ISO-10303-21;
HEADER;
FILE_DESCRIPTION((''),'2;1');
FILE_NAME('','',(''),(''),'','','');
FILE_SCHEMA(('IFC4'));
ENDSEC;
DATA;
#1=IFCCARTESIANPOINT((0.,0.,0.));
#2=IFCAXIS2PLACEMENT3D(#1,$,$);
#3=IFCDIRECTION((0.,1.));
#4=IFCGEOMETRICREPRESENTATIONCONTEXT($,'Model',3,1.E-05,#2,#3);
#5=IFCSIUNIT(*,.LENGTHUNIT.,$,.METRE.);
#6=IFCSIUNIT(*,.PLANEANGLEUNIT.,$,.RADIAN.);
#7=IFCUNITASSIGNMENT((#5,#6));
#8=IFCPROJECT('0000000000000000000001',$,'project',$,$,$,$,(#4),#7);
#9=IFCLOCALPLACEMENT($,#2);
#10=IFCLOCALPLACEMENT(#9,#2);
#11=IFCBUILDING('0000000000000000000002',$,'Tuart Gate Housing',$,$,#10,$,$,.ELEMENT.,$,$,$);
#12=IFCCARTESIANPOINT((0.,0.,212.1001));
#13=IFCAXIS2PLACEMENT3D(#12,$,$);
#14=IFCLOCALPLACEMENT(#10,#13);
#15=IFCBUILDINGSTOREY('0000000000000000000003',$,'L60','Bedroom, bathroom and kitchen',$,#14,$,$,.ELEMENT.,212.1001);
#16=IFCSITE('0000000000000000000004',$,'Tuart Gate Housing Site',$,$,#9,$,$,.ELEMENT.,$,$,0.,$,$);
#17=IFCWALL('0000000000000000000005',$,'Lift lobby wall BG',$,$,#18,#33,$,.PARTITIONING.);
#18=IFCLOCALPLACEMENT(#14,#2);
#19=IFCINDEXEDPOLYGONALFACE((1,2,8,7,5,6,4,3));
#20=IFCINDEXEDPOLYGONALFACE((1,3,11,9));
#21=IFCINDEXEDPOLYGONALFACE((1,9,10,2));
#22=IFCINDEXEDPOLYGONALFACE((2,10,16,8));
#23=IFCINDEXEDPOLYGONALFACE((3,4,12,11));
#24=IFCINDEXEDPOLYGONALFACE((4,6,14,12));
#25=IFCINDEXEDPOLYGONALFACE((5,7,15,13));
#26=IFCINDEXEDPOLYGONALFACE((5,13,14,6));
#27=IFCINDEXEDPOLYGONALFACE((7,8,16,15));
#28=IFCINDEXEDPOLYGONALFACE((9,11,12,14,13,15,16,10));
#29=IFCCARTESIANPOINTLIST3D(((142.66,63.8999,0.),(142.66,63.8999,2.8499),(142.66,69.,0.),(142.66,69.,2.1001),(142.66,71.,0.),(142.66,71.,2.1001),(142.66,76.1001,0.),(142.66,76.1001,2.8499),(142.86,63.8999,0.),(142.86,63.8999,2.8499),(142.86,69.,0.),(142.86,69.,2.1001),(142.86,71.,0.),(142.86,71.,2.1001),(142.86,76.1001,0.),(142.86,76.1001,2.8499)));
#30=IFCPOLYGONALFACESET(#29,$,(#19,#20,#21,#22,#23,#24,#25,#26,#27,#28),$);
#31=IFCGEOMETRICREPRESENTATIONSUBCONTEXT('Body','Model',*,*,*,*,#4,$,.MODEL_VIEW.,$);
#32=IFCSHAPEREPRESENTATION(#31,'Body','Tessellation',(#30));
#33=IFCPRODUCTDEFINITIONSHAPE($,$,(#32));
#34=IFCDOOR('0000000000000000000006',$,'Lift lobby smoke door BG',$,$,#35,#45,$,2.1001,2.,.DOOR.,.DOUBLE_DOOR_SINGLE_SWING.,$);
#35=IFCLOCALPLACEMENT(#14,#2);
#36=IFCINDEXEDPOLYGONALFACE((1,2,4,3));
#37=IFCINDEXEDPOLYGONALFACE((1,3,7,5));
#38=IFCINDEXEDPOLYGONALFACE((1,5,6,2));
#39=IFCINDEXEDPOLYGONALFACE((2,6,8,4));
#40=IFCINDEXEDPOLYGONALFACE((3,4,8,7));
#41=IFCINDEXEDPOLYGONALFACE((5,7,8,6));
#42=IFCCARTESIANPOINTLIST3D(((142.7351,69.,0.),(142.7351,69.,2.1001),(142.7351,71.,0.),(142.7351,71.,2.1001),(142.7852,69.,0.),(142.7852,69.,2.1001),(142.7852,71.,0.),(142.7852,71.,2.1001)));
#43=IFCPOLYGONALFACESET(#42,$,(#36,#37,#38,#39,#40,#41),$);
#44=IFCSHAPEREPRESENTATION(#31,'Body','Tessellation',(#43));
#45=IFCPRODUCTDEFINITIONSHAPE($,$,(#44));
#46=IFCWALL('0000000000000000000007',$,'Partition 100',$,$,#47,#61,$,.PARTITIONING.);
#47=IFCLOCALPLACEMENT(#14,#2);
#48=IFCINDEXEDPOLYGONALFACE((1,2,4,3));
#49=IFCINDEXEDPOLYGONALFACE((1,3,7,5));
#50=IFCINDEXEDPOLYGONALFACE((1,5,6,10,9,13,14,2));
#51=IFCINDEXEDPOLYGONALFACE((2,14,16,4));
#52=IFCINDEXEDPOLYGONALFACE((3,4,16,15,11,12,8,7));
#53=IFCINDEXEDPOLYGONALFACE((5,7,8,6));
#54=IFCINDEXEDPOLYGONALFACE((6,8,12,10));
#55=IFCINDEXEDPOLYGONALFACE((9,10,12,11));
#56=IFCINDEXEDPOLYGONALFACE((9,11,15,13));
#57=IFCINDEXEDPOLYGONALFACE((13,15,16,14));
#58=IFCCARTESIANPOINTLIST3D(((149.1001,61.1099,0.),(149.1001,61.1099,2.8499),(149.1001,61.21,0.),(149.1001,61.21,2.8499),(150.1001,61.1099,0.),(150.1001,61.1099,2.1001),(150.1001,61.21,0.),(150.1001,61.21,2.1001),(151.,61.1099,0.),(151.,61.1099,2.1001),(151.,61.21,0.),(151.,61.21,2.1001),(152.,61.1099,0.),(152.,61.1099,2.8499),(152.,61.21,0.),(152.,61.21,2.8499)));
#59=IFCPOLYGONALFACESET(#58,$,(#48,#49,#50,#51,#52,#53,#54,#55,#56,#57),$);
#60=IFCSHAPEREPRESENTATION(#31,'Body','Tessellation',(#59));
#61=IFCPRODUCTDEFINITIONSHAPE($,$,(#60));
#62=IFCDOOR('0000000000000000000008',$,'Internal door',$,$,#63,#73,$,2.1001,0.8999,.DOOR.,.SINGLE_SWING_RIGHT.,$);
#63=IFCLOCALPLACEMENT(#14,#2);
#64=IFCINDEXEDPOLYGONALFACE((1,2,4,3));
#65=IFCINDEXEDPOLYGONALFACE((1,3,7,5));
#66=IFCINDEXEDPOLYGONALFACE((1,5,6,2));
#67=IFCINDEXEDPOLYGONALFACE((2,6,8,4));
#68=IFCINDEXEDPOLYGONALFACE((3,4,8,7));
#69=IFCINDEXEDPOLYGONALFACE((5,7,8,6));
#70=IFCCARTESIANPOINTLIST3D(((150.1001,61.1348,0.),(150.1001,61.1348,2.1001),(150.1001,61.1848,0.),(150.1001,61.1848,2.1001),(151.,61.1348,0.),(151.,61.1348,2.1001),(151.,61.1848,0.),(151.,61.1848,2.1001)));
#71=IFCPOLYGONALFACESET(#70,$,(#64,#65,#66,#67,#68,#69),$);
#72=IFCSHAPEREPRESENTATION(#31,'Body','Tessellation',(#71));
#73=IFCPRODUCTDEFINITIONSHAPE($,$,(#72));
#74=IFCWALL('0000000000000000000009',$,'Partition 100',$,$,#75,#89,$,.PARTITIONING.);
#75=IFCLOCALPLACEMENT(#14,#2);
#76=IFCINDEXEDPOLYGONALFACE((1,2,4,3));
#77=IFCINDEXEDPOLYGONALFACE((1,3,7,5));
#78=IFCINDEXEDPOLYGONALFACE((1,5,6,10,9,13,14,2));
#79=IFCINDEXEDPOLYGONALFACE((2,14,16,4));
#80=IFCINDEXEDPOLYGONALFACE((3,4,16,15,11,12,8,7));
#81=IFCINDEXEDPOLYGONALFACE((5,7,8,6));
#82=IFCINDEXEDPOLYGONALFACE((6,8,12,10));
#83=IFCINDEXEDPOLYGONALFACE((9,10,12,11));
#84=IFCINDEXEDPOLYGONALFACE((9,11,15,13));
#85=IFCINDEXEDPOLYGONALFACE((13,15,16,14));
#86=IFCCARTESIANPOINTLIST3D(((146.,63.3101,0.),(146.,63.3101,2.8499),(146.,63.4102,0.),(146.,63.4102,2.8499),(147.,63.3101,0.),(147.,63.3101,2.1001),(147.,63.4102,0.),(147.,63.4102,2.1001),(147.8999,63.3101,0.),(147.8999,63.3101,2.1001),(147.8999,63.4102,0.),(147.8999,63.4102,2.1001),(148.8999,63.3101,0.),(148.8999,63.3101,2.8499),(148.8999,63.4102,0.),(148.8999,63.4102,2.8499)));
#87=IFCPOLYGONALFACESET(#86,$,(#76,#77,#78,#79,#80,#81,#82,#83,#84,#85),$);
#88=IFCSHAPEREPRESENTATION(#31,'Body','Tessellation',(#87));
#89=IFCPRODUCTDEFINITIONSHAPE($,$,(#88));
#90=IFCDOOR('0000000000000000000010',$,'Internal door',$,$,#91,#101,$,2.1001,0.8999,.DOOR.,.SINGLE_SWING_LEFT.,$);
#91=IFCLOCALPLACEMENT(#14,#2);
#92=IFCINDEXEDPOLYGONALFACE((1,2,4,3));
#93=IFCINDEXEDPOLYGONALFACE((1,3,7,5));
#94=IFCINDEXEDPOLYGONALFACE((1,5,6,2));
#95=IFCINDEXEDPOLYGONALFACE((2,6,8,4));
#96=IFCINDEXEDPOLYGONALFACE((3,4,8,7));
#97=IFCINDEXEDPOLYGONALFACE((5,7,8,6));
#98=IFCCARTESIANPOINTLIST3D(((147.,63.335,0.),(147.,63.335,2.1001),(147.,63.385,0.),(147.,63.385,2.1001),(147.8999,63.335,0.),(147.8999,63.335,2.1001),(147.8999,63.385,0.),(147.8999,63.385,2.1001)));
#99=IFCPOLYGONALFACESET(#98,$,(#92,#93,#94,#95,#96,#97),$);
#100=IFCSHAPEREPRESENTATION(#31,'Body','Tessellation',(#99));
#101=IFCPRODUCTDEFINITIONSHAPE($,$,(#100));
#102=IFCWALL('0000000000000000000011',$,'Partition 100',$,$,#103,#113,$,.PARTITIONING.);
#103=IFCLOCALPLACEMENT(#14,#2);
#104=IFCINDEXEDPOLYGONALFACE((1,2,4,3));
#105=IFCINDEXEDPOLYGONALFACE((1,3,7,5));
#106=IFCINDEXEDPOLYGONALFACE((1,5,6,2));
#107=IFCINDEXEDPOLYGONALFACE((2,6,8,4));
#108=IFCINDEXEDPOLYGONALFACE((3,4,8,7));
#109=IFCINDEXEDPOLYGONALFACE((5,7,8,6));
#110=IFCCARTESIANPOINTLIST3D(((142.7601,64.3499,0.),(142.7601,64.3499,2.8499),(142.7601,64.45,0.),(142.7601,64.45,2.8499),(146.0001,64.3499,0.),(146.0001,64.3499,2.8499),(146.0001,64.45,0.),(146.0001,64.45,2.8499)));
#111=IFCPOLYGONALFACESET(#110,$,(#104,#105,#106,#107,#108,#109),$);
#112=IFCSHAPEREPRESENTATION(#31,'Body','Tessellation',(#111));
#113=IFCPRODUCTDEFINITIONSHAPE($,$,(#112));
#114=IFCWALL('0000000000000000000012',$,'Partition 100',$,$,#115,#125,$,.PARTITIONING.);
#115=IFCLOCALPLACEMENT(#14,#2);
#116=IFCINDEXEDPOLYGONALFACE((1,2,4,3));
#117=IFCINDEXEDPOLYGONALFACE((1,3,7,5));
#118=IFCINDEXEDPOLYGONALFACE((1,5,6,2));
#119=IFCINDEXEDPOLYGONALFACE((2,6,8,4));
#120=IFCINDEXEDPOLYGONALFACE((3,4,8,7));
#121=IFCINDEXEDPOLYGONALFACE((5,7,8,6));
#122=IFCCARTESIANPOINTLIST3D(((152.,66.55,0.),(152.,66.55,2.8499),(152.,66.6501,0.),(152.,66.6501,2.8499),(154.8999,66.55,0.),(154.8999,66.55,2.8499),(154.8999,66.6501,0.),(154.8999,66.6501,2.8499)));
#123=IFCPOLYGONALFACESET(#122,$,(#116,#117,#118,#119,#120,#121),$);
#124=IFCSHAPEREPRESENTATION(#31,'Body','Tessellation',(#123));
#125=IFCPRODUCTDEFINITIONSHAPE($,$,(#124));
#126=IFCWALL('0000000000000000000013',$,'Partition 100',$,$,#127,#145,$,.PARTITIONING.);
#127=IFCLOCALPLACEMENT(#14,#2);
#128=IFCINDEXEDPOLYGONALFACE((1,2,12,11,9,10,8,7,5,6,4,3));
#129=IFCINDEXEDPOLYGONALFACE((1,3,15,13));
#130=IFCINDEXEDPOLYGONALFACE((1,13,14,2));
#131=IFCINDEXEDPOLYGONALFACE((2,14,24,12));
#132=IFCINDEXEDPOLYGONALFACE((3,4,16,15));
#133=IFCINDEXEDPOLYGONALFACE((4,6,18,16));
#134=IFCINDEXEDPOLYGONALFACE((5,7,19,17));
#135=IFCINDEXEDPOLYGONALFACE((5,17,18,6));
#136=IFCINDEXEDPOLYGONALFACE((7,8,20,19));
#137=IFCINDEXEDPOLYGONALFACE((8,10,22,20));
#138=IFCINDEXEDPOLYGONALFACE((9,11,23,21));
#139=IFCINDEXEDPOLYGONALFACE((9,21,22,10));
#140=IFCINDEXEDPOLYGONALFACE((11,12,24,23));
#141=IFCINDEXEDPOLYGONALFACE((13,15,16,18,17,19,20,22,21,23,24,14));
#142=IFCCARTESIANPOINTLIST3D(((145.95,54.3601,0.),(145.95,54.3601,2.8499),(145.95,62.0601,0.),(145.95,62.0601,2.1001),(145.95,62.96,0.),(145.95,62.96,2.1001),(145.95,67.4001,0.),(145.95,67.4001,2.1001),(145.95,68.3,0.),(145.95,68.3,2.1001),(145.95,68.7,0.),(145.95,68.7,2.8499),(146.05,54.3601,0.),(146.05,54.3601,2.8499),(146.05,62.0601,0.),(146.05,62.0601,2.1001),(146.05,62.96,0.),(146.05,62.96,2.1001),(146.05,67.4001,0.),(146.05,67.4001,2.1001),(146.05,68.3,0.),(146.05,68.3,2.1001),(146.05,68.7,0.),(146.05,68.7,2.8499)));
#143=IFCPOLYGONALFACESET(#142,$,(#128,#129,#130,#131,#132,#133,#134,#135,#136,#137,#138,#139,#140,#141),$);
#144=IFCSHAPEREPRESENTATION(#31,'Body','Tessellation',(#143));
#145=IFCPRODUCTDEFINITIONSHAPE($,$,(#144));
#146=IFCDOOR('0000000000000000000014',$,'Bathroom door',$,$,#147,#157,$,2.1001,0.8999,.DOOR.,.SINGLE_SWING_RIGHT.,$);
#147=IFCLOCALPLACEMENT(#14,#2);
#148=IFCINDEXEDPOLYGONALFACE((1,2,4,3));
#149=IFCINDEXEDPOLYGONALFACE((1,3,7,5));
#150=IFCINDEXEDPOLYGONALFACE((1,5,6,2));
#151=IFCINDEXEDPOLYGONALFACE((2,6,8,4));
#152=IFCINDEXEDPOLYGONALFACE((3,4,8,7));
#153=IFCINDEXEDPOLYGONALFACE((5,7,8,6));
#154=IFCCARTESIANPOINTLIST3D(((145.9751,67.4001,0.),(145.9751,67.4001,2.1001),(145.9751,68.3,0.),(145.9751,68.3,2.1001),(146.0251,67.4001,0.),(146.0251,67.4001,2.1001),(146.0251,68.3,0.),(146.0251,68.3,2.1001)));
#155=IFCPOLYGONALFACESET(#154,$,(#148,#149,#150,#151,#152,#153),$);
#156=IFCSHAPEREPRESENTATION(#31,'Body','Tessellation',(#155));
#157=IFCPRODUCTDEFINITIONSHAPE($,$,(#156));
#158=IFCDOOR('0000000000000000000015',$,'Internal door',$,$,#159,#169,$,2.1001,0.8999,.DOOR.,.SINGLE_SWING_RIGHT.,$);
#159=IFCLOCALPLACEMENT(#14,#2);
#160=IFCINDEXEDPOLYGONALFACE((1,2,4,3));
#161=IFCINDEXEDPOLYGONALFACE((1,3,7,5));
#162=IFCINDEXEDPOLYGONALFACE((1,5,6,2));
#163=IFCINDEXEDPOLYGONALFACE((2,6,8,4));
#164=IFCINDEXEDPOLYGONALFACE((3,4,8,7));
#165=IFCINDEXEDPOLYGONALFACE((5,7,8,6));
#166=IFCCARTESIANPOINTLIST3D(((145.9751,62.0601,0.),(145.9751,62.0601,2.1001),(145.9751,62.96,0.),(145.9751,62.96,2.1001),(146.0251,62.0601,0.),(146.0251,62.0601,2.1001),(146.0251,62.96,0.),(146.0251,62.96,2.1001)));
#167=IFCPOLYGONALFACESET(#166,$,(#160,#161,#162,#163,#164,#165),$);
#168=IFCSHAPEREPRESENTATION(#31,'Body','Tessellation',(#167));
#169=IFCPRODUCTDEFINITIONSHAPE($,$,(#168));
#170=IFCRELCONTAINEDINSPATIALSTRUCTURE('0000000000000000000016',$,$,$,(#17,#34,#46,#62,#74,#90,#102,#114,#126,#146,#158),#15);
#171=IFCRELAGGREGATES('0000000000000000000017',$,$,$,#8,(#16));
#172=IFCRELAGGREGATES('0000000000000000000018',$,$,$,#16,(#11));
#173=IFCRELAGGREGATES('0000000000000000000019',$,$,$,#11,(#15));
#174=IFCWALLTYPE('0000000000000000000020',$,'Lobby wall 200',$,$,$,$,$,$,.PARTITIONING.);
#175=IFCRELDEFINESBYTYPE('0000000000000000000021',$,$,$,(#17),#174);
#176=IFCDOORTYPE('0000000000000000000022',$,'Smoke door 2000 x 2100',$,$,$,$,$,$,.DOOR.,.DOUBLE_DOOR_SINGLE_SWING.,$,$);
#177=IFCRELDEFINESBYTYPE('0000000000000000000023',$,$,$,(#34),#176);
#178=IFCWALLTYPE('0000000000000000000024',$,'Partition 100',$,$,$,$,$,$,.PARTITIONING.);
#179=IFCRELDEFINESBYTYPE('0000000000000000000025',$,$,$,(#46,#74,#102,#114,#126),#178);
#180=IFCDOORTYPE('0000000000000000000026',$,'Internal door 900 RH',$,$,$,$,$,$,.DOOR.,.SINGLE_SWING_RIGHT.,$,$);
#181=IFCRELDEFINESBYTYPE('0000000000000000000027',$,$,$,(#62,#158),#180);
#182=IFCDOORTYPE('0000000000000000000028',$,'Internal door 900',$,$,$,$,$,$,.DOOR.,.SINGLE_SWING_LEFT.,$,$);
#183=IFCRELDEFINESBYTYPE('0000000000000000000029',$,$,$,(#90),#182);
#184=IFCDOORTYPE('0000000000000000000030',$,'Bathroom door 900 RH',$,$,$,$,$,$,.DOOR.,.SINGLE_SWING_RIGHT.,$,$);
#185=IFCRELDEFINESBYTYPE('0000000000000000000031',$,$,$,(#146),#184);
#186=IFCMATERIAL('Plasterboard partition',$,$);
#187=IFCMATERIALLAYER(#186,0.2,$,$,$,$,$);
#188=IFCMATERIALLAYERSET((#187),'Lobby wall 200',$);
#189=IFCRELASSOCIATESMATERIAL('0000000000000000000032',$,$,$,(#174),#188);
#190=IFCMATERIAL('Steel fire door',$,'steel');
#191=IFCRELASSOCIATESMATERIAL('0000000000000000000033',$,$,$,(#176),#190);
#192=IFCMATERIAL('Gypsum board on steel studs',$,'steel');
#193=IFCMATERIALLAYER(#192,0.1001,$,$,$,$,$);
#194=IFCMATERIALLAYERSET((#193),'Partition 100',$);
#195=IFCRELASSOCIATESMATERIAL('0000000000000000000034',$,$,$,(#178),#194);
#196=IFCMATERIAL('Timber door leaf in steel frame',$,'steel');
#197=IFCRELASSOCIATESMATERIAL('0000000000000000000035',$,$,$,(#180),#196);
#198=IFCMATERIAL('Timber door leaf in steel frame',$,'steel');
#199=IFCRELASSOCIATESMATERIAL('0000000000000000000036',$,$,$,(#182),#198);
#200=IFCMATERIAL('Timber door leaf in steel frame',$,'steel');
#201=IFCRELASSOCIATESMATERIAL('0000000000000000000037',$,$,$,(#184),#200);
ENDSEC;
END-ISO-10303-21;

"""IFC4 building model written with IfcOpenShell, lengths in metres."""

from ifc_helpers import new_model, si_unit, direction, frame, frame_2d, origin, place, context, subcontext, project, spatial, rectangle, extrude, material, layer, layer_set, type_object, element, fill, save


model = new_model("IFC4")

# Units and contexts
model_context = context("Model", 3, precision=1e-05, world=origin(), true_north=direction((0.0, 1.0)))
body_context = subcontext(model_context, "Body", "Model", "MODEL_VIEW")
ifc_project = project(units=[si_unit("LENGTHUNIT", "METRE"), si_unit("PLANEANGLEUNIT", "RADIAN")], contexts=[model_context])

# Site, building, storey
site_placement = place(None, origin())
site = spatial("IfcSite", under=ifc_project, at=site_placement, Name="Tuart Gate Housing Site", CompositionType="ELEMENT", RefElevation=0.0)
building_placement = place(site_placement, origin())
building = spatial("IfcBuilding", under=site, at=building_placement, Name="Tuart Gate Housing", CompositionType="ELEMENT")
storey_placement = place(building_placement, frame((0.0, 0.0, 212.1001)))
storey = spatial("IfcBuildingStorey", under=building, at=storey_placement, Name="L60", Description="Bedroom, bathroom and kitchen", CompositionType="ELEMENT", Elevation=212.1001)

# Walls, openings, doors
ifc_material_1 = material(Name="Plasterboard partition")
ifc_layer_1 = layer(ifc_material_1, 0.2)
ifc_layer_set_1 = layer_set([ifc_layer_1], Name="Lobby wall 200")
wall_type_1 = type_object("IfcWallType", Name="Lobby wall 200", PredefinedType="PARTITIONING", material=ifc_layer_set_1)
wall_1_placement = place(storey_placement, frame((142.76, 63.8999, 0.0), z_axis=(0.0, 0.0, 1.0), x_axis=(0.0, 1.0, 0.0)))
wall_1 = element("IfcWall", 1, at=wall_1_placement, inside=storey, type_object=wall_type_1, Name="Lift lobby wall BG", PredefinedType="PARTITIONING", context=body_context, shape_type="SweptSolid", body=[
    extrude(rectangle(XDim=12.2002, YDim=0.2, at=frame_2d((6.1001, 0.0))), origin(), (0.0, 0.0, 1.0), 2.8499),
])
opening_1_placement = place(wall_1_placement, frame((5.1001, 0.0, 0.0)))
opening_1 = element("IfcOpeningElement", 2, at=opening_1_placement, cuts=wall_1, PredefinedType="OPENING", context=body_context, shape_type="SweptSolid", body=[
    extrude(rectangle(XDim=2.0, YDim=2.1001, at=frame_2d((1.0, 1.05))), frame((0.0, 0.1099, 0.0), z_axis=(0.0, -1.0, 0.0), x_axis=(1.0, 0.0, 0.0)), (0.0, 0.0, 1.0), 0.22),
])
ifc_material_2 = material(Name="Steel fire door", Category="steel")
door_type_1 = type_object("IfcDoorType", Name="Smoke door 2000 x 2100", OperationType="DOUBLE_DOOR_SINGLE_SWING", PredefinedType="DOOR", material=ifc_material_2)
door_1_placement = place(opening_1_placement, origin())
door_1 = element("IfcDoor", 3, at=door_1_placement, inside=storey, type_object=door_type_1, Name="Lift lobby smoke door BG", OperationType="DOUBLE_DOOR_SINGLE_SWING", OverallHeight=2.1001, OverallWidth=2.0, PredefinedType="DOOR", context=body_context, shape_type="SweptSolid", body=[
    extrude(rectangle(XDim=2.0, YDim=2.1001, at=frame_2d((1.0, 1.05))), frame((0.0, 0.0249, 0.0), z_axis=(0.0, -1.0, 0.0), x_axis=(1.0, 0.0, 0.0)), (0.0, 0.0, 1.0), 0.05),
])
fill(opening_1, door_1)
ifc_material_3 = material(Name="Gypsum board on steel studs", Category="steel")
ifc_layer_2 = layer(ifc_material_3, 0.1001)
ifc_layer_set_2 = layer_set([ifc_layer_2], Name="Partition 100")
wall_type_2 = type_object("IfcWallType", Name="Partition 100", PredefinedType="PARTITIONING", material=ifc_layer_set_2)
wall_2_placement = place(storey_placement, frame((149.1001, 61.1599, 0.0), z_axis=(0.0, 0.0, 1.0), x_axis=(1.0, 0.0, 0.0)))
wall_2 = element("IfcWall", 4, at=wall_2_placement, inside=storey, type_object=wall_type_2, Name="Partition 100", PredefinedType="PARTITIONING", context=body_context, shape_type="SweptSolid", body=[
    extrude(rectangle(XDim=2.8999, YDim=0.1001, at=frame_2d((1.45, 0.0))), origin(), (0.0, 0.0, 1.0), 2.8499),
])
opening_2_placement = place(wall_2_placement, frame((1.0, 0.0, 0.0)))
opening_2 = element("IfcOpeningElement", 5, at=opening_2_placement, cuts=wall_2, PredefinedType="OPENING", context=body_context, shape_type="SweptSolid", body=[
    extrude(rectangle(XDim=0.8999, YDim=2.1001, at=frame_2d((0.45, 1.05))), frame((0.0, 0.0601, 0.0), z_axis=(0.0, -1.0, 0.0), x_axis=(1.0, 0.0, 0.0)), (0.0, 0.0, 1.0), 0.1201),
])
ifc_material_4 = material(Name="Timber door leaf in steel frame", Category="steel")
door_type_2 = type_object("IfcDoorType", Name="Internal door 900 RH", OperationType="SINGLE_SWING_RIGHT", PredefinedType="DOOR", material=ifc_material_4)
door_2_placement = place(opening_2_placement, origin())
door_2 = element("IfcDoor", 6, at=door_2_placement, inside=storey, type_object=door_type_2, Name="Internal door", OperationType="SINGLE_SWING_RIGHT", OverallHeight=2.1001, OverallWidth=0.8999, PredefinedType="DOOR", context=body_context, shape_type="SweptSolid", body=[
    extrude(rectangle(XDim=0.8999, YDim=2.1001, at=frame_2d((0.45, 1.05))), frame((0.0, 0.0249, 0.0), z_axis=(0.0, -1.0, 0.0), x_axis=(1.0, 0.0, 0.0)), (0.0, 0.0, 1.0), 0.05),
])
fill(opening_2, door_2)
wall_3_placement = place(storey_placement, frame((146.0, 63.3601, 0.0), z_axis=(0.0, 0.0, 1.0), x_axis=(1.0, 0.0, 0.0)))
wall_3 = element("IfcWall", 7, at=wall_3_placement, inside=storey, type_object=wall_type_2, Name="Partition 100", PredefinedType="PARTITIONING", context=body_context, shape_type="SweptSolid", body=[
    extrude(rectangle(XDim=2.8999, YDim=0.1001, at=frame_2d((1.45, 0.0))), origin(), (0.0, 0.0, 1.0), 2.8499),
])
opening_3_placement = place(wall_3_placement, frame((1.0, 0.0, 0.0)))
opening_3 = element("IfcOpeningElement", 8, at=opening_3_placement, cuts=wall_3, PredefinedType="OPENING", context=body_context, shape_type="SweptSolid", body=[
    extrude(rectangle(XDim=0.8999, YDim=2.1001, at=frame_2d((0.45, 1.05))), frame((0.0, 0.0601, 0.0), z_axis=(0.0, -1.0, 0.0), x_axis=(1.0, 0.0, 0.0)), (0.0, 0.0, 1.0), 0.1201),
])
ifc_material_5 = material(Name="Timber door leaf in steel frame", Category="steel")
door_type_3 = type_object("IfcDoorType", Name="Internal door 900", OperationType="SINGLE_SWING_LEFT", PredefinedType="DOOR", material=ifc_material_5)
door_3_placement = place(opening_3_placement, origin())
door_3 = element("IfcDoor", 9, at=door_3_placement, inside=storey, type_object=door_type_3, Name="Internal door", OperationType="SINGLE_SWING_LEFT", OverallHeight=2.1001, OverallWidth=0.8999, PredefinedType="DOOR", context=body_context, shape_type="SweptSolid", body=[
    extrude(rectangle(XDim=0.8999, YDim=2.1001, at=frame_2d((0.45, 1.05))), frame((0.0, 0.0249, 0.0), z_axis=(0.0, -1.0, 0.0), x_axis=(1.0, 0.0, 0.0)), (0.0, 0.0, 1.0), 0.05),
])
fill(opening_3, door_3)

# Walls
wall_4_placement = place(storey_placement, frame((142.76, 64.3999, 0.0), z_axis=(0.0, 0.0, 1.0), x_axis=(1.0, 0.0, 0.0)))
element("IfcWall", 10, at=wall_4_placement, inside=storey, type_object=wall_type_2, Name="Partition 100", PredefinedType="PARTITIONING", context=body_context, shape_type="SweptSolid", body=[
    extrude(rectangle(XDim=3.24, YDim=0.1001, at=frame_2d((1.6201, 0.0))), origin(), (0.0, 0.0, 1.0), 2.8499),
])
wall_5_placement = place(storey_placement, frame((152.0, 66.6001, 0.0), z_axis=(0.0, 0.0, 1.0), x_axis=(1.0, 0.0, 0.0)))
element("IfcWall", 11, at=wall_5_placement, inside=storey, type_object=wall_type_2, Name="Partition 100", PredefinedType="PARTITIONING", context=body_context, shape_type="SweptSolid", body=[
    extrude(rectangle(XDim=2.8999, YDim=0.1001, at=frame_2d((1.45, 0.0))), origin(), (0.0, 0.0, 1.0), 2.8499),
])

# Wall, openings, doors
wall_6_placement = place(storey_placement, frame((146.0, 54.3601, 0.0), z_axis=(0.0, 0.0, 1.0), x_axis=(0.0, 1.0, 0.0)))
wall_6 = element("IfcWall", 12, at=wall_6_placement, inside=storey, type_object=wall_type_2, Name="Partition 100", PredefinedType="PARTITIONING", context=body_context, shape_type="SweptSolid", body=[
    extrude(rectangle(XDim=14.3398, YDim=0.1001, at=frame_2d((7.1699, 0.0))), origin(), (0.0, 0.0, 1.0), 2.8499),
])
opening_4_placement = place(wall_6_placement, frame((7.7, 0.0, 0.0)))
opening_4 = element("IfcOpeningElement", 13, at=opening_4_placement, cuts=wall_6, PredefinedType="OPENING", context=body_context, shape_type="SweptSolid", body=[
    extrude(rectangle(XDim=0.8999, YDim=2.1001, at=frame_2d((0.45, 1.05))), frame((0.0, 0.0601, 0.0), z_axis=(0.0, -1.0, 0.0), x_axis=(1.0, 0.0, 0.0)), (0.0, 0.0, 1.0), 0.1201),
])
opening_5_placement = place(wall_6_placement, frame((13.04, 0.0, 0.0)))
opening_5 = element("IfcOpeningElement", 14, at=opening_5_placement, cuts=wall_6, PredefinedType="OPENING", context=body_context, shape_type="SweptSolid", body=[
    extrude(rectangle(XDim=0.8999, YDim=2.1001, at=frame_2d((0.45, 1.05))), frame((0.0, 0.0601, 0.0), z_axis=(0.0, -1.0, 0.0), x_axis=(1.0, 0.0, 0.0)), (0.0, 0.0, 1.0), 0.1201),
])
ifc_material_6 = material(Name="Timber door leaf in steel frame", Category="steel")
door_type_4 = type_object("IfcDoorType", Name="Bathroom door 900 RH", OperationType="SINGLE_SWING_RIGHT", PredefinedType="DOOR", material=ifc_material_6)
door_4_placement = place(opening_5_placement, origin())
door_4 = element("IfcDoor", 15, at=door_4_placement, inside=storey, type_object=door_type_4, Name="Bathroom door", OperationType="SINGLE_SWING_RIGHT", OverallHeight=2.1001, OverallWidth=0.8999, PredefinedType="DOOR", context=body_context, shape_type="SweptSolid", body=[
    extrude(rectangle(XDim=0.8999, YDim=2.1001, at=frame_2d((0.45, 1.05))), frame((0.0, 0.0249, 0.0), z_axis=(0.0, -1.0, 0.0), x_axis=(1.0, 0.0, 0.0)), (0.0, 0.0, 1.0), 0.05),
])
fill(opening_5, door_4)
door_5_placement = place(opening_4_placement, origin())
door_5 = element("IfcDoor", 16, at=door_5_placement, inside=storey, type_object=door_type_2, Name="Internal door", OperationType="SINGLE_SWING_RIGHT", OverallHeight=2.1001, OverallWidth=0.8999, PredefinedType="DOOR", context=body_context, shape_type="SweptSolid", body=[
    extrude(rectangle(XDim=0.8999, YDim=2.1001, at=frame_2d((0.45, 1.05))), frame((0.0, 0.0249, 0.0), z_axis=(0.0, -1.0, 0.0), x_axis=(1.0, 0.0, 0.0)), (0.0, 0.0, 1.0), 0.05),
])
fill(opening_4, door_5)

save(model, "model.ifc")
